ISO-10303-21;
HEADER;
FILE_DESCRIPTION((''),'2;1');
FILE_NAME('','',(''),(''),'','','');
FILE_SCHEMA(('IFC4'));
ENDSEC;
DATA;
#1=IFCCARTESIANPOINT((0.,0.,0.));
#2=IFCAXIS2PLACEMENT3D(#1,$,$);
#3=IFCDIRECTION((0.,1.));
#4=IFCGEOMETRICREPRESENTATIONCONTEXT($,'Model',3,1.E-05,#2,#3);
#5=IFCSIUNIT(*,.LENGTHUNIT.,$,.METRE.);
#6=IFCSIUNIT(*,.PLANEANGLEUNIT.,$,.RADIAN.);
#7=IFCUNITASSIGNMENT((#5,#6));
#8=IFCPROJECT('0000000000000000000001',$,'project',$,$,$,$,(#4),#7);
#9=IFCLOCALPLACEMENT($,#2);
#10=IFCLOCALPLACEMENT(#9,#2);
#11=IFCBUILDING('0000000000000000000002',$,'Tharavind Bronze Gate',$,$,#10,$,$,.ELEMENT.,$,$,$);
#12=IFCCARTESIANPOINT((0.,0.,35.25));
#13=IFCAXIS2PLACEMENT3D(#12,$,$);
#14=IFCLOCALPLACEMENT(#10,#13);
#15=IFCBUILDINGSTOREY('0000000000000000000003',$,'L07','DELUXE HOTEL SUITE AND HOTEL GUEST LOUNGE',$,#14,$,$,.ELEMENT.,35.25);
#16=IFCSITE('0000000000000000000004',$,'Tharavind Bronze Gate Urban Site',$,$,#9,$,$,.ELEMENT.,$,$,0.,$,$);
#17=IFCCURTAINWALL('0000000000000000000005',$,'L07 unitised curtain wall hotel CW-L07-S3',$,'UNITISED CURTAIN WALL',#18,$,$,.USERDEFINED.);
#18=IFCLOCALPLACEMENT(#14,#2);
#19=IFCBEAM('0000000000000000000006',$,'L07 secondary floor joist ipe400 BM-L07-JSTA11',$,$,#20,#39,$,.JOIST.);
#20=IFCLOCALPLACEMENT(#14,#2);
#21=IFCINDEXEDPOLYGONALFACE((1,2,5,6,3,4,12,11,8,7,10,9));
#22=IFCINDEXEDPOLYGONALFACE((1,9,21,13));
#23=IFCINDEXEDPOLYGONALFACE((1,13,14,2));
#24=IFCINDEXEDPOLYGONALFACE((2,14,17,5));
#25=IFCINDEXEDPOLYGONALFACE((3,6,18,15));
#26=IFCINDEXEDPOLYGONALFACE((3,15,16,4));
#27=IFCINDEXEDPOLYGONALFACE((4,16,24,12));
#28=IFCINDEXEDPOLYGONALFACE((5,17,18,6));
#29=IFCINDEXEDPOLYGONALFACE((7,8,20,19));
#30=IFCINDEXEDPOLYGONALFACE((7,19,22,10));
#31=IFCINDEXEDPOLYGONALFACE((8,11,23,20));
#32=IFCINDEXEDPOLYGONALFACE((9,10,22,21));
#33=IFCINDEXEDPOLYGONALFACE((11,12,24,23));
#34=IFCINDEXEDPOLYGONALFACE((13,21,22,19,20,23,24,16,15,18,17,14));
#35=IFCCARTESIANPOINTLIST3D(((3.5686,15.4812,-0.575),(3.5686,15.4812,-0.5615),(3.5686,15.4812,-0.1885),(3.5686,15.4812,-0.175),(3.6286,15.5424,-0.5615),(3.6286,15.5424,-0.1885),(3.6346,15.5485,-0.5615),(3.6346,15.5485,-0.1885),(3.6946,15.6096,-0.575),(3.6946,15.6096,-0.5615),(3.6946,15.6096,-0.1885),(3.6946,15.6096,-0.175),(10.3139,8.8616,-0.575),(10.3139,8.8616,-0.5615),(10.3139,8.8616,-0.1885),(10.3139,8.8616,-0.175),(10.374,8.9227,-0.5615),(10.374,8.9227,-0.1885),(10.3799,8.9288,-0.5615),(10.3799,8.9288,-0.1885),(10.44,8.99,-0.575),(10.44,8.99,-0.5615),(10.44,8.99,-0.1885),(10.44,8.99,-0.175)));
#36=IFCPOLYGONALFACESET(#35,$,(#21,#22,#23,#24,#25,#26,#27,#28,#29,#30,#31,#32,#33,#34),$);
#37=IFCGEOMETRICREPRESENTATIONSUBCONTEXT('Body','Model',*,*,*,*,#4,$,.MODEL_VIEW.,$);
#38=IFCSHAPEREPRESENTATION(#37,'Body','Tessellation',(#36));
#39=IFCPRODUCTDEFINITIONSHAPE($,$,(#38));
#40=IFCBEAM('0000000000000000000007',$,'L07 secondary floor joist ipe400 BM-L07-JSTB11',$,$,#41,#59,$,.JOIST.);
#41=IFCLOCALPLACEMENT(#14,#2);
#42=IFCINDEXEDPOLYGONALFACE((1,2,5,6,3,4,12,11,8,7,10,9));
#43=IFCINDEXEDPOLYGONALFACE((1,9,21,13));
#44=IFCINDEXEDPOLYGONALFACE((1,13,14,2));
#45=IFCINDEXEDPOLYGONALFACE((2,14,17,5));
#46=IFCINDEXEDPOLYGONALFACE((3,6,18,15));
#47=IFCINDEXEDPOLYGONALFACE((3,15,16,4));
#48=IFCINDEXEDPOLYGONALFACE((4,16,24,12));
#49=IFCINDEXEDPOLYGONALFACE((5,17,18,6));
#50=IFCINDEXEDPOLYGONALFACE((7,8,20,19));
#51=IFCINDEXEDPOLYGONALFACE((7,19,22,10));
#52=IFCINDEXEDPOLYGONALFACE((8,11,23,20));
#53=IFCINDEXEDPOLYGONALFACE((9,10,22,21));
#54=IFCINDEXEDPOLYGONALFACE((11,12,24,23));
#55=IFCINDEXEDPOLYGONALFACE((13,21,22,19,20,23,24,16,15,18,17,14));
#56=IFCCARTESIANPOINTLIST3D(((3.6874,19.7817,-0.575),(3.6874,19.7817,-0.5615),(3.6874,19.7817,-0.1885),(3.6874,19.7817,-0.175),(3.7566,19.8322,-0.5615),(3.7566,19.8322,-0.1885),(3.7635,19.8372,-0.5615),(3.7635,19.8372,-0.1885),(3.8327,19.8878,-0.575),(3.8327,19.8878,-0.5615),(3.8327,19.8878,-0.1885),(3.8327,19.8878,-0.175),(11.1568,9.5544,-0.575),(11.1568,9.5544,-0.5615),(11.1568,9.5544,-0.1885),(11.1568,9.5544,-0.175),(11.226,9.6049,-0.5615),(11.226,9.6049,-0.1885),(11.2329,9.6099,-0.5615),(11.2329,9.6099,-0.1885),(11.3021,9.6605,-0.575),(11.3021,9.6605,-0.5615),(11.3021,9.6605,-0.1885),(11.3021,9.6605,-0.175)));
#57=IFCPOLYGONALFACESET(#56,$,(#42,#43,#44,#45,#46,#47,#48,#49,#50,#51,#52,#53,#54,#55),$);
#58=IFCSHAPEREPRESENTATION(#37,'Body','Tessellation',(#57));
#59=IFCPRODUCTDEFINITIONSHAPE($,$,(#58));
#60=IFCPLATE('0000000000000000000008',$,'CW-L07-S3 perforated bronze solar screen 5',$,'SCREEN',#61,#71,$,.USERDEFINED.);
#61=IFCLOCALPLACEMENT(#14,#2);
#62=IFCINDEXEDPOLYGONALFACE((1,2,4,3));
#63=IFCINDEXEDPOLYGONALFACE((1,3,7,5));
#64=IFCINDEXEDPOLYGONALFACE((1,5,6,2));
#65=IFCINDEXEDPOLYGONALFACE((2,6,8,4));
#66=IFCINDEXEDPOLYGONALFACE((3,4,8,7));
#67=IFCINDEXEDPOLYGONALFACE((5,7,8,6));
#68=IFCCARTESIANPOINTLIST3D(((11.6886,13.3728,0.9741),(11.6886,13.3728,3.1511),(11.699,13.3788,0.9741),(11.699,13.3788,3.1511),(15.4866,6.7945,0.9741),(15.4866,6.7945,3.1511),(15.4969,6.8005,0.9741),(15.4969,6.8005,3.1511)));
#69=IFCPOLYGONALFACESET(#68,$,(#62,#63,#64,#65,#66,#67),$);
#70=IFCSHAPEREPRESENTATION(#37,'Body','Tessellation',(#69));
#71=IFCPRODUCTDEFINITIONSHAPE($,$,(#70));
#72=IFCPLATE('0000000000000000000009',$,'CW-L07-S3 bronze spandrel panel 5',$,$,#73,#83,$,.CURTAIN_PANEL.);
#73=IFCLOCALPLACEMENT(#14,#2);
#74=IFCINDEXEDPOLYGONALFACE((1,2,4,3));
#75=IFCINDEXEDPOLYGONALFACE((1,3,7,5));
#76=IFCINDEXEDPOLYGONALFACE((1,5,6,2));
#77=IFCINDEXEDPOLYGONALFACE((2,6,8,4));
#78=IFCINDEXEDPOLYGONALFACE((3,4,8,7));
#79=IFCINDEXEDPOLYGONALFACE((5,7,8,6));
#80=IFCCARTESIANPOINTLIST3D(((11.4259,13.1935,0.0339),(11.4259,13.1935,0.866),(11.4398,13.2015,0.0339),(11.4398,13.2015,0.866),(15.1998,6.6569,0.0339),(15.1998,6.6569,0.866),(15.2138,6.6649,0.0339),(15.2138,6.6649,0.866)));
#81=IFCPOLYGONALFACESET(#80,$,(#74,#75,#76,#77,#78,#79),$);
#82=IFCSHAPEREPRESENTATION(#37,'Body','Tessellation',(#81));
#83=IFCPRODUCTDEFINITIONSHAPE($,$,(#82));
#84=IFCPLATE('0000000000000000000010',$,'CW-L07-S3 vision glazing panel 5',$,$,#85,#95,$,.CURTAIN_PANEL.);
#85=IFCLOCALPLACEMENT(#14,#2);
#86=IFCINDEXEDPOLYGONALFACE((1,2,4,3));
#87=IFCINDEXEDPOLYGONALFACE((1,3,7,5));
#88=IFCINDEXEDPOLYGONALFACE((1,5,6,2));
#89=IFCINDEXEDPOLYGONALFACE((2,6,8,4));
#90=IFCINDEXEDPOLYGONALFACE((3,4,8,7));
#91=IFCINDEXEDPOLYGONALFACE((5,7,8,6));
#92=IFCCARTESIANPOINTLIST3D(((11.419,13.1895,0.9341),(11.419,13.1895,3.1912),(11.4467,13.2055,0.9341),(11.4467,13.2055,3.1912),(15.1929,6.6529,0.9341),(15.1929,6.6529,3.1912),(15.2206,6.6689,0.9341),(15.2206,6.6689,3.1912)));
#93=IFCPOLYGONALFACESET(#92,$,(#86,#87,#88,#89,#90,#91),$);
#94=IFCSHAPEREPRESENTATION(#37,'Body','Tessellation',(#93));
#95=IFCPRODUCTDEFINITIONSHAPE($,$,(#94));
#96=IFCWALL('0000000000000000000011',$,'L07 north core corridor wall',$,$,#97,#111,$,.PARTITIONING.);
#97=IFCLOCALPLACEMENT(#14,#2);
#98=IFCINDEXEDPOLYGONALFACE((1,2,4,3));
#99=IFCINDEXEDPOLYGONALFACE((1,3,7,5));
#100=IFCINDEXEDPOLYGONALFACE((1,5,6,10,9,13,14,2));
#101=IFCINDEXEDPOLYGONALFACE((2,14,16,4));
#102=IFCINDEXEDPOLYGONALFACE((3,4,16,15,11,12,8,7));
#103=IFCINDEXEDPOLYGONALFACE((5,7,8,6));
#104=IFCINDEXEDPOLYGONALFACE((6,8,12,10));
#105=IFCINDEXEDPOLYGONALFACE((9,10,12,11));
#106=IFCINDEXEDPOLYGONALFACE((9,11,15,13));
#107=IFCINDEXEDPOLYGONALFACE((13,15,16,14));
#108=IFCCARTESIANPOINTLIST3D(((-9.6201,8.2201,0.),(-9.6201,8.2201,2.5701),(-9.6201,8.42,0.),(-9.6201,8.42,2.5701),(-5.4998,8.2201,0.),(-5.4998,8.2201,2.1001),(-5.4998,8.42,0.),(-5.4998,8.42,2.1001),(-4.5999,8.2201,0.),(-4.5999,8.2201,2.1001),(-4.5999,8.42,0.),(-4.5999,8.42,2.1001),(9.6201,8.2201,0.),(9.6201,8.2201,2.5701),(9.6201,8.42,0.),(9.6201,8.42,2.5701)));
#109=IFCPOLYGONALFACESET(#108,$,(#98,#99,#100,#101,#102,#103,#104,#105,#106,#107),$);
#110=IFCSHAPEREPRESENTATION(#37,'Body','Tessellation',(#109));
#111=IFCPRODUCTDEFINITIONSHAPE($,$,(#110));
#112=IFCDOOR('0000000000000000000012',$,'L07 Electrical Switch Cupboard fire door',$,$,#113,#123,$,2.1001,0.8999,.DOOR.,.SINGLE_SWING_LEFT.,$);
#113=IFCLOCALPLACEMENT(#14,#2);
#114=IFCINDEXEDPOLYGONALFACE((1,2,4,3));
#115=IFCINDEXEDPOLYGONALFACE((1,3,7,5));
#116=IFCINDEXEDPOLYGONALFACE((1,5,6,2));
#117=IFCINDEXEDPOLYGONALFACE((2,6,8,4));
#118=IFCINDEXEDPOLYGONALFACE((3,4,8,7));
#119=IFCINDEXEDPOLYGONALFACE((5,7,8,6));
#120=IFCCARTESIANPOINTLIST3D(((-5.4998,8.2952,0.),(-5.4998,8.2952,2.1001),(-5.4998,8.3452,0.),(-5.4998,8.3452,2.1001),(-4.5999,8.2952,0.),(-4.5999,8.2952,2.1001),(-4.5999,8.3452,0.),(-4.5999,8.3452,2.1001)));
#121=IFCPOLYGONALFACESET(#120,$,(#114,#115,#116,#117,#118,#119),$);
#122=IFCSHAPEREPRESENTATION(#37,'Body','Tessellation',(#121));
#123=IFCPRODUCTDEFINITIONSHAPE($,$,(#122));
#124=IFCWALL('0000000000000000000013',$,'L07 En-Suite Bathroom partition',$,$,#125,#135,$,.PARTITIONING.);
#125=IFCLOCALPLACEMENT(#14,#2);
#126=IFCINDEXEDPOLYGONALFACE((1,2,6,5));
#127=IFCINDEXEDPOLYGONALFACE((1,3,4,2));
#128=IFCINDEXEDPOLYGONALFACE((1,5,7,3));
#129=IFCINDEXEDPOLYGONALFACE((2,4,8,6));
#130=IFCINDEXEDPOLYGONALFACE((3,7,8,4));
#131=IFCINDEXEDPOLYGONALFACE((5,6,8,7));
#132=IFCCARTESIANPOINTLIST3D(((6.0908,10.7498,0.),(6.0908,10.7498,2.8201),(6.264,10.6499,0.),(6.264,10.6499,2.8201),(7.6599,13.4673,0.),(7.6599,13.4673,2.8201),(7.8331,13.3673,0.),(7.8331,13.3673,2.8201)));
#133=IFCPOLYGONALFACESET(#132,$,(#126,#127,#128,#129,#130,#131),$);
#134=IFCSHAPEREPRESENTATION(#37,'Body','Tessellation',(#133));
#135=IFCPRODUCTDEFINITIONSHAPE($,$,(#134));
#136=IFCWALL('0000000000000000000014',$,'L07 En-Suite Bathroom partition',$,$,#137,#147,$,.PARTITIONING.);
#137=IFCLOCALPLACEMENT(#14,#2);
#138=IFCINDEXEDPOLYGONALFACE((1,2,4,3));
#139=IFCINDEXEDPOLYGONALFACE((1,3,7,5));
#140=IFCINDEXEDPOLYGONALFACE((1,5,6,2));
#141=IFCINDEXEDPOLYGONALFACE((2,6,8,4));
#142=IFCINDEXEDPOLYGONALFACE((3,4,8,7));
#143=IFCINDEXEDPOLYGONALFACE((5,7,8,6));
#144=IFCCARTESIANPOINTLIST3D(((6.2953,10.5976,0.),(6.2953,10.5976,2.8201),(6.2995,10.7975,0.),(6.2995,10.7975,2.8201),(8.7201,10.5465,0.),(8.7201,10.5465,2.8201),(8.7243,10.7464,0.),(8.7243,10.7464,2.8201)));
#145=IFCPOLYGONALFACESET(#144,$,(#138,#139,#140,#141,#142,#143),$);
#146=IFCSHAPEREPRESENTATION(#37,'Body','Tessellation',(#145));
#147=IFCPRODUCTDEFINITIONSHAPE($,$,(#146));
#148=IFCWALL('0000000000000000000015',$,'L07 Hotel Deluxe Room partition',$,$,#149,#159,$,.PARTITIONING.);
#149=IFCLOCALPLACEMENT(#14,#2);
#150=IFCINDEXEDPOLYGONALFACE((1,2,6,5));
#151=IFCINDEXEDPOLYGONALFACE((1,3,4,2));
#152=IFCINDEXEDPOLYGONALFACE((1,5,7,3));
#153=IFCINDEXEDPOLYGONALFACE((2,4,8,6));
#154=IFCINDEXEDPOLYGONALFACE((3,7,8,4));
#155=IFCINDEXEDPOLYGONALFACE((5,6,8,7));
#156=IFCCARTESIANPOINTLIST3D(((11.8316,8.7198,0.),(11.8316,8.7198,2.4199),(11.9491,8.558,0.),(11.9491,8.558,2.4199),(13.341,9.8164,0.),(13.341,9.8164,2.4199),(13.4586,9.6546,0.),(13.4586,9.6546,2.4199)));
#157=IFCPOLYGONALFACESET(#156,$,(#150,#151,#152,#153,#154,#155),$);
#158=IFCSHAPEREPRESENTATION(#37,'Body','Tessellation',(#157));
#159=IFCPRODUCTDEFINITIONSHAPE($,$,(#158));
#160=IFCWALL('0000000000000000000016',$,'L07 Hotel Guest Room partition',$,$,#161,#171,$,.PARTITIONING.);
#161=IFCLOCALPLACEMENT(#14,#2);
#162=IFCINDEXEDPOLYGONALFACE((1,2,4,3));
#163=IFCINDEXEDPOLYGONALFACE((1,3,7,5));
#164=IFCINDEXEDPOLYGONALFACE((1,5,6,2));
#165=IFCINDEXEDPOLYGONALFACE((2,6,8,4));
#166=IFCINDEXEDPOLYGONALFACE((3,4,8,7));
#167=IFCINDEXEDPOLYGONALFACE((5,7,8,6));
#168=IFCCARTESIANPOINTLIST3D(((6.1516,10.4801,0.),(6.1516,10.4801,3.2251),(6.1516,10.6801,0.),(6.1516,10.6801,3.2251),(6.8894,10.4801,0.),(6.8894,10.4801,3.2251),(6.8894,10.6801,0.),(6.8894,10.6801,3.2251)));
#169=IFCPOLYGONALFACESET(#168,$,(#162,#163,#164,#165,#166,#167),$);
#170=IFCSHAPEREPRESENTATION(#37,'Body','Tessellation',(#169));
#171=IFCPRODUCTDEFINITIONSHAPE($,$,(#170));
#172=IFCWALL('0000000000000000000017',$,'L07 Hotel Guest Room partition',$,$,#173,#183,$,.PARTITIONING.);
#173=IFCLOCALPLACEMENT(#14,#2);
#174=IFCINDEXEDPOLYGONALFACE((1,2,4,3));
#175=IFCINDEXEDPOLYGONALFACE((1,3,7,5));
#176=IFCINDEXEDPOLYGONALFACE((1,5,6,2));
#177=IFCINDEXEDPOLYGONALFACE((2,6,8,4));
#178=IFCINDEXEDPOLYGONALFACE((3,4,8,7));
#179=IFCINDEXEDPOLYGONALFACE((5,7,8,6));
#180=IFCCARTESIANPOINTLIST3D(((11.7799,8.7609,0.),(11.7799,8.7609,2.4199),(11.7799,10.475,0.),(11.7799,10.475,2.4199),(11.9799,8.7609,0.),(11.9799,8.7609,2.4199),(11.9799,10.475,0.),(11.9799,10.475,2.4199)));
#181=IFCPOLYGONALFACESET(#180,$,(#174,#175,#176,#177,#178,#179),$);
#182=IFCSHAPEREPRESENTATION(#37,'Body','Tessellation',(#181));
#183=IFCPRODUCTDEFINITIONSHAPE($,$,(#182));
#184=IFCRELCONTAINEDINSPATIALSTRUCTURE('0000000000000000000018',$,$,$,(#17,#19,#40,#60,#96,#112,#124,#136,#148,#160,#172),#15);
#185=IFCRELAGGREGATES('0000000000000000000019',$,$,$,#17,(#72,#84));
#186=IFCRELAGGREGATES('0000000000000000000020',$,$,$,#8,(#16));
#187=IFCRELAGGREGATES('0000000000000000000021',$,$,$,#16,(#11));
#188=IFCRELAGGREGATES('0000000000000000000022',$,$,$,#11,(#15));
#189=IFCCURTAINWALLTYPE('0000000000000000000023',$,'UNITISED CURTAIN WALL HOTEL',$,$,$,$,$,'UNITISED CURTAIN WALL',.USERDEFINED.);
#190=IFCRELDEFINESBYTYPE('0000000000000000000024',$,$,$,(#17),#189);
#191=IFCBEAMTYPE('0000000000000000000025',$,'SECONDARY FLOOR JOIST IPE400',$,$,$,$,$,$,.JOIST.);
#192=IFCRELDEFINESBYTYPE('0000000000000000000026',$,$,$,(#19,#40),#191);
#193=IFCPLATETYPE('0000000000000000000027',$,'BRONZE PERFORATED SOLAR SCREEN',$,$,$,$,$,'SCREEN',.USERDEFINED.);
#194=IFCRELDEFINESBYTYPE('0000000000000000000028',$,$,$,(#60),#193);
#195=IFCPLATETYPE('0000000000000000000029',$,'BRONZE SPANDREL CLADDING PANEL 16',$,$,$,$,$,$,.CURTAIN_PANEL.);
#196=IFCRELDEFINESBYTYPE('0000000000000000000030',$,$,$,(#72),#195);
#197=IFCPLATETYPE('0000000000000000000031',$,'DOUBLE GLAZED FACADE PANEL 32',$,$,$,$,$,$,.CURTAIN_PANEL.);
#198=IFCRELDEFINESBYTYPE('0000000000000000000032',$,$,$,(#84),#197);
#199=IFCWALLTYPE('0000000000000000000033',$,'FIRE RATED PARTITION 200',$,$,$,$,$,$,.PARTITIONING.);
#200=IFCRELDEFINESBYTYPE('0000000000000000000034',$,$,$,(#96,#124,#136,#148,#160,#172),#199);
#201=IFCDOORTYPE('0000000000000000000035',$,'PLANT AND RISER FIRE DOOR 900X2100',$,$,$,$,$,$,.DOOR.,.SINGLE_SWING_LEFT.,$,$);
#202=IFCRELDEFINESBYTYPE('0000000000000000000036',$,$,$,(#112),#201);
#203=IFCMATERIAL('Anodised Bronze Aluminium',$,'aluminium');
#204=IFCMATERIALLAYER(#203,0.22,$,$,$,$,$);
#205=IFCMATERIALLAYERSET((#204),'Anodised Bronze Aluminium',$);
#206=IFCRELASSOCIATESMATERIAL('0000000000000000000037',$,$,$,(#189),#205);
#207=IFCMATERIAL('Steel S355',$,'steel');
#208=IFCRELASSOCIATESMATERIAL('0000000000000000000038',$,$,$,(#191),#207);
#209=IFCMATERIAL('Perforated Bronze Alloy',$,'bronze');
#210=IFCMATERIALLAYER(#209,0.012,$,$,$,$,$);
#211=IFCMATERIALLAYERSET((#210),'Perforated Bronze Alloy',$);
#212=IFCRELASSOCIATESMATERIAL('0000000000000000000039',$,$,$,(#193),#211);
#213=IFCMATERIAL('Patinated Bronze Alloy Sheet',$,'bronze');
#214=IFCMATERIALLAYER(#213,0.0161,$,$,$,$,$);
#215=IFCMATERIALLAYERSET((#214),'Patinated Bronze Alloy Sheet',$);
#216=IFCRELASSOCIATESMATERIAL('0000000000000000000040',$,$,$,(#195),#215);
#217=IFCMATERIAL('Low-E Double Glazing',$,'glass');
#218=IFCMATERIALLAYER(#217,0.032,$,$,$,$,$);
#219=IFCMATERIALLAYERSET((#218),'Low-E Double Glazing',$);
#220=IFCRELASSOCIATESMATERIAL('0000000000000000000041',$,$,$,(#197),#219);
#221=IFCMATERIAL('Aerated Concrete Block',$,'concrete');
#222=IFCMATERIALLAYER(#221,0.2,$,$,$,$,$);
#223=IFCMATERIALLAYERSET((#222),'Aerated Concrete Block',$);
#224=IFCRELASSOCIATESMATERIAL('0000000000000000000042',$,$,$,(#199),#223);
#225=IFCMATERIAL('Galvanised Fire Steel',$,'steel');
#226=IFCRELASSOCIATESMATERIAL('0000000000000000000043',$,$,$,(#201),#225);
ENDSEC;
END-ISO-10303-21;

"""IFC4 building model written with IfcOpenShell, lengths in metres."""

from ifc_helpers import new_model, si_unit, direction, frame, frame_2d, origin, origin_2d, place, context, subcontext, project, spatial, rectangle, i_section, extrude, material, layer, layer_set, material_profile, profile_set, type_object, element, fill, aggregate, save


model = new_model("IFC4")

# Units and contexts
model_context = context("Model", 3, precision=1e-05, world=origin(), true_north=direction((0.0, 1.0)))
body_context = subcontext(model_context, "Body", "Model", "MODEL_VIEW")
ifc_project = project(units=[si_unit("LENGTHUNIT", "METRE"), si_unit("PLANEANGLEUNIT", "RADIAN")], contexts=[model_context])

# Site, building, storey
site_placement = place(None, origin())
site = spatial("IfcSite", under=ifc_project, at=site_placement, Name="Tharavind Bronze Gate Urban Site", CompositionType="ELEMENT", RefElevation=0.0)
building_placement = place(site_placement, origin())
building = spatial("IfcBuilding", under=site, at=building_placement, Name="Tharavind Bronze Gate", CompositionType="ELEMENT")
storey_placement = place(building_placement, frame((0.0, 0.0, 35.25)))
storey = spatial("IfcBuildingStorey", under=building, at=storey_placement, Name="L07", Description="DELUXE HOTEL SUITE AND HOTEL GUEST LOUNGE", CompositionType="ELEMENT", Elevation=35.25)

# Curtain wall
ifc_material_1 = material(Name="Anodised Bronze Aluminium", Category="aluminium")
ifc_layer_1 = layer(ifc_material_1, 0.22)
ifc_layer_set_1 = layer_set([ifc_layer_1], Name="Anodised Bronze Aluminium")
curtain_wall_type = type_object("IfcCurtainWallType", Name="UNITISED CURTAIN WALL HOTEL", ElementType="UNITISED CURTAIN WALL", PredefinedType="USERDEFINED", material=ifc_layer_set_1)
curtain_wall_placement = place(storey_placement, origin())
curtain_wall = element("IfcCurtainWall", 1, at=curtain_wall_placement, inside=storey, type_object=curtain_wall_type, Name="L07 unitised curtain wall hotel CW-L07-S3", ObjectType="UNITISED CURTAIN WALL", PredefinedType="USERDEFINED")

# Beams
ifc_material_2 = material(Name="Steel S355", Category="steel")
ifc_material_profile_1 = material_profile(ifc_material_2, i_section(OverallWidth=0.1799, OverallDepth=0.3999, WebThickness=0.0085, FlangeThickness=0.0134, at=origin_2d()), Name="IPE400")
ifc_profile_set_1 = profile_set([ifc_material_profile_1], Name="Steel S355")
beam_type_1 = type_object("IfcBeamType", Name="SECONDARY FLOOR JOIST IPE400", PredefinedType="JOIST", material=ifc_profile_set_1)
beam_1_placement = place(storey_placement, frame((10.377, 8.9258, -0.375), z_axis=(-0.713727, 0.700424, 0.0), x_axis=(-0.700424, -0.713727, 0.0)))
element("IfcBeam", 2, at=beam_1_placement, inside=storey, type_object=beam_type_1, Name="L07 secondary floor joist ipe400 BM-L07-JSTA11", PredefinedType="JOIST", context=body_context, shape_type="SweptSolid", body=[
    extrude(i_section(OverallWidth=0.1799, OverallDepth=0.3999, WebThickness=0.0085, FlangeThickness=0.0134, at=origin_2d()), origin(), (0.0, 0.0, 1.0), 9.4509),
])
beam_2_placement = place(storey_placement, frame((11.2295, 9.6074, -0.375), z_axis=(-0.589795, 0.807553, 0.0), x_axis=(-0.807553, -0.589795, 0.0)))
element("IfcBeam", 3, at=beam_2_placement, inside=storey, type_object=beam_type_1, Name="L07 secondary floor joist ipe400 BM-L07-JSTB11", PredefinedType="JOIST", context=body_context, shape_type="SweptSolid", body=[
    extrude(i_section(OverallWidth=0.1799, OverallDepth=0.3999, WebThickness=0.0085, FlangeThickness=0.0134, at=origin_2d()), origin(), (0.0, 0.0, 1.0), 12.6646),
])

# Plates
ifc_material_3 = material(Name="Perforated Bronze Alloy", Category="bronze")
ifc_layer_2 = layer(ifc_material_3, 0.012)
ifc_layer_set_2 = layer_set([ifc_layer_2], Name="Perforated Bronze Alloy")
plate_type_1 = type_object("IfcPlateType", Name="BRONZE PERFORATED SOLAR SCREEN", ElementType="SCREEN", PredefinedType="USERDEFINED", material=ifc_layer_set_2)
plate_1_placement = place(storey_placement, frame((13.5928, 10.0867, 0.9741), z_axis=(0.0, 0.0, 1.0), x_axis=(-0.500002, 0.866025, 0.0)))
element("IfcPlate", 4, at=plate_1_placement, inside=storey, type_object=plate_type_1, Name="CW-L07-S3 perforated bronze solar screen 5", ObjectType="SCREEN", PredefinedType="USERDEFINED", context=body_context, shape_type="SweptSolid", body=[
    extrude(rectangle(XDim=7.5959, YDim=0.012, at=origin_2d()), origin(), (0.0, 0.0, 1.0), 2.177),
])
ifc_material_4 = material(Name="Patinated Bronze Alloy Sheet", Category="bronze")
ifc_layer_3 = layer(ifc_material_4, 0.0161)
ifc_layer_set_3 = layer_set([ifc_layer_3], Name="Patinated Bronze Alloy Sheet")
plate_type_2 = type_object("IfcPlateType", Name="BRONZE SPANDREL CLADDING PANEL 16", PredefinedType="CURTAIN_PANEL", material=ifc_layer_set_3)
plate_2_placement = place(storey_placement, frame((13.3198, 9.9292, 0.0339), z_axis=(0.0, 0.0, 1.0), x_axis=(-0.500002, 0.866025, 0.0)))
plate_2 = element("IfcPlate", 5, at=plate_2_placement, type_object=plate_type_2, Name="CW-L07-S3 bronze spandrel panel 5", PredefinedType="CURTAIN_PANEL", context=body_context, shape_type="SweptSolid", body=[
    extrude(rectangle(XDim=7.5479, YDim=0.0161, at=origin_2d()), origin(), (0.0, 0.0, 1.0), 0.832),
])
ifc_material_5 = material(Name="Low-E Double Glazing", Category="glass")
ifc_layer_4 = layer(ifc_material_5, 0.032)
ifc_layer_set_4 = layer_set([ifc_layer_4], Name="Low-E Double Glazing")
plate_type_3 = type_object("IfcPlateType", Name="DOUBLE GLAZED FACADE PANEL 32", PredefinedType="CURTAIN_PANEL", material=ifc_layer_set_4)
plate_3_placement = place(storey_placement, frame((13.3198, 9.9292, 0.9341), z_axis=(0.0, 0.0, 1.0), x_axis=(-0.500002, 0.866025, 0.0)))
plate_3 = element("IfcPlate", 6, at=plate_3_placement, type_object=plate_type_3, Name="CW-L07-S3 vision glazing panel 5", PredefinedType="CURTAIN_PANEL", context=body_context, shape_type="SweptSolid", body=[
    extrude(rectangle(XDim=7.5479, YDim=0.032, at=origin_2d()), origin(), (0.0, 0.0, 1.0), 2.2571),
])
aggregate(curtain_wall, [plate_2, plate_3])

# Wall, opening, door
ifc_material_6 = material(Name="Aerated Concrete Block", Category="concrete")
ifc_layer_5 = layer(ifc_material_6, 0.2)
ifc_layer_set_5 = layer_set([ifc_layer_5], Name="Aerated Concrete Block")
wall_type = type_object("IfcWallType", Name="FIRE RATED PARTITION 200", PredefinedType="PARTITIONING", material=ifc_layer_set_5)
wall_1_placement = place(storey_placement, frame((9.6201, 8.3201, 0.0), z_axis=(0.0, 0.0, 1.0), x_axis=(-1.0, 0.0, 0.0)))
wall_1 = element("IfcWall", 7, at=wall_1_placement, inside=storey, type_object=wall_type, Name="L07 north core corridor wall", PredefinedType="PARTITIONING", context=body_context, shape_type="SweptSolid", body=[
    extrude(rectangle(XDim=19.2402, YDim=0.2, at=frame_2d((9.6201, 0.0))), origin(), (0.0, 0.0, 1.0), 2.5701),
])
opening_1_placement = place(wall_1_placement, frame((14.22, 0.0, 0.0)))
opening_1 = element("IfcOpeningElement", 8, at=opening_1_placement, cuts=wall_1, PredefinedType="OPENING", context=body_context, shape_type="SweptSolid", body=[
    extrude(rectangle(XDim=0.8999, YDim=2.1001, at=frame_2d((0.45, 1.05))), frame((0.0, 0.1101, 0.0), z_axis=(0.0, -1.0, 0.0), x_axis=(1.0, 0.0, 0.0)), (0.0, 0.0, 1.0), 0.22),
])
ifc_material_7 = material(Name="Galvanised Fire Steel", Category="steel")
door_type_1 = type_object("IfcDoorType", Name="PLANT AND RISER FIRE DOOR 900X2100", OperationType="SINGLE_SWING_LEFT", PredefinedType="DOOR", material=ifc_material_7)
door_1_placement = place(opening_1_placement, origin())
door_1 = element("IfcDoor", 9, at=door_1_placement, inside=storey, type_object=door_type_1, Name="L07 Electrical Switch Cupboard fire door", OperationType="SINGLE_SWING_LEFT", OverallHeight=2.1001, OverallWidth=0.8999, PredefinedType="DOOR", context=body_context, shape_type="SweptSolid", body=[
    extrude(rectangle(XDim=0.8999, YDim=2.1001, at=frame_2d((0.45, 1.05))), frame((0.0, 0.0249, 0.0), z_axis=(0.0, -1.0, 0.0), x_axis=(1.0, 0.0, 0.0)), (0.0, 0.0, 1.0), 0.05),
])
fill(opening_1, door_1)

# Walls
wall_2_placement = place(storey_placement, frame((6.1775, 10.7, 0.0), z_axis=(0.0, 0.0, 1.0), x_axis=(0.50003, 0.866008, 0.0)))
element("IfcWall", 10, at=wall_2_placement, inside=storey, type_object=wall_type, Name="L07 En-Suite Bathroom partition", PredefinedType="PARTITIONING", context=body_context, shape_type="SweptSolid", body=[
    extrude(rectangle(XDim=3.1379, YDim=0.2, at=frame_2d((1.5688, 0.0))), origin(), (0.0, 0.0, 1.0), 2.8201),
])
wall_3_placement = place(storey_placement, frame((8.7222, 10.6465, 0.0), z_axis=(0.0, 0.0, 1.0), x_axis=(-0.999779, 0.021038, 0.0)))
element("IfcWall", 11, at=wall_3_placement, inside=storey, type_object=wall_type, Name="L07 En-Suite Bathroom partition", PredefinedType="PARTITIONING", context=body_context, shape_type="SweptSolid", body=[
    extrude(rectangle(XDim=2.4253, YDim=0.2, at=frame_2d((1.2126, 0.0))), origin(), (0.0, 0.0, 1.0), 2.8201),
])
wall_4_placement = place(storey_placement, frame((11.8904, 8.6389, 0.0), z_axis=(0.0, 0.0, 1.0), x_axis=(0.80903, 0.587767, 0.0)))
element("IfcWall", 12, at=wall_4_placement, inside=storey, type_object=wall_type, Name="L07 Hotel Deluxe Room partition", PredefinedType="PARTITIONING", context=body_context, shape_type="SweptSolid", body=[
    extrude(rectangle(XDim=1.8657, YDim=0.2, at=frame_2d((0.9329, 0.0))), origin(), (0.0, 0.0, 1.0), 2.4199),
])

# Walls
wall_5_placement = place(storey_placement, frame((6.8894, 10.5801, 0.0), z_axis=(0.0, 0.0, 1.0), x_axis=(-1.0, 0.0, 0.0)))
element("IfcWall", 13, at=wall_5_placement, inside=storey, type_object=wall_type, Name="L07 Hotel Guest Room partition", PredefinedType="PARTITIONING", context=body_context, shape_type="SweptSolid", body=[
    extrude(rectangle(XDim=0.7378, YDim=0.2, at=frame_2d((0.3689, 0.0))), origin(), (0.0, 0.0, 1.0), 3.2251),
])
wall_6_placement = place(storey_placement, frame((11.8799, 8.761, 0.0), z_axis=(0.0, 0.0, 1.0), x_axis=(0.0, 1.0, 0.0)))
element("IfcWall", 14, at=wall_6_placement, inside=storey, type_object=wall_type, Name="L07 Hotel Guest Room partition", PredefinedType="PARTITIONING", context=body_context, shape_type="SweptSolid", body=[
    extrude(rectangle(XDim=1.7141, YDim=0.2, at=frame_2d((0.8569, 0.0))), origin(), (0.0, 0.0, 1.0), 2.4199),
])

save(model, "model.ifc")
